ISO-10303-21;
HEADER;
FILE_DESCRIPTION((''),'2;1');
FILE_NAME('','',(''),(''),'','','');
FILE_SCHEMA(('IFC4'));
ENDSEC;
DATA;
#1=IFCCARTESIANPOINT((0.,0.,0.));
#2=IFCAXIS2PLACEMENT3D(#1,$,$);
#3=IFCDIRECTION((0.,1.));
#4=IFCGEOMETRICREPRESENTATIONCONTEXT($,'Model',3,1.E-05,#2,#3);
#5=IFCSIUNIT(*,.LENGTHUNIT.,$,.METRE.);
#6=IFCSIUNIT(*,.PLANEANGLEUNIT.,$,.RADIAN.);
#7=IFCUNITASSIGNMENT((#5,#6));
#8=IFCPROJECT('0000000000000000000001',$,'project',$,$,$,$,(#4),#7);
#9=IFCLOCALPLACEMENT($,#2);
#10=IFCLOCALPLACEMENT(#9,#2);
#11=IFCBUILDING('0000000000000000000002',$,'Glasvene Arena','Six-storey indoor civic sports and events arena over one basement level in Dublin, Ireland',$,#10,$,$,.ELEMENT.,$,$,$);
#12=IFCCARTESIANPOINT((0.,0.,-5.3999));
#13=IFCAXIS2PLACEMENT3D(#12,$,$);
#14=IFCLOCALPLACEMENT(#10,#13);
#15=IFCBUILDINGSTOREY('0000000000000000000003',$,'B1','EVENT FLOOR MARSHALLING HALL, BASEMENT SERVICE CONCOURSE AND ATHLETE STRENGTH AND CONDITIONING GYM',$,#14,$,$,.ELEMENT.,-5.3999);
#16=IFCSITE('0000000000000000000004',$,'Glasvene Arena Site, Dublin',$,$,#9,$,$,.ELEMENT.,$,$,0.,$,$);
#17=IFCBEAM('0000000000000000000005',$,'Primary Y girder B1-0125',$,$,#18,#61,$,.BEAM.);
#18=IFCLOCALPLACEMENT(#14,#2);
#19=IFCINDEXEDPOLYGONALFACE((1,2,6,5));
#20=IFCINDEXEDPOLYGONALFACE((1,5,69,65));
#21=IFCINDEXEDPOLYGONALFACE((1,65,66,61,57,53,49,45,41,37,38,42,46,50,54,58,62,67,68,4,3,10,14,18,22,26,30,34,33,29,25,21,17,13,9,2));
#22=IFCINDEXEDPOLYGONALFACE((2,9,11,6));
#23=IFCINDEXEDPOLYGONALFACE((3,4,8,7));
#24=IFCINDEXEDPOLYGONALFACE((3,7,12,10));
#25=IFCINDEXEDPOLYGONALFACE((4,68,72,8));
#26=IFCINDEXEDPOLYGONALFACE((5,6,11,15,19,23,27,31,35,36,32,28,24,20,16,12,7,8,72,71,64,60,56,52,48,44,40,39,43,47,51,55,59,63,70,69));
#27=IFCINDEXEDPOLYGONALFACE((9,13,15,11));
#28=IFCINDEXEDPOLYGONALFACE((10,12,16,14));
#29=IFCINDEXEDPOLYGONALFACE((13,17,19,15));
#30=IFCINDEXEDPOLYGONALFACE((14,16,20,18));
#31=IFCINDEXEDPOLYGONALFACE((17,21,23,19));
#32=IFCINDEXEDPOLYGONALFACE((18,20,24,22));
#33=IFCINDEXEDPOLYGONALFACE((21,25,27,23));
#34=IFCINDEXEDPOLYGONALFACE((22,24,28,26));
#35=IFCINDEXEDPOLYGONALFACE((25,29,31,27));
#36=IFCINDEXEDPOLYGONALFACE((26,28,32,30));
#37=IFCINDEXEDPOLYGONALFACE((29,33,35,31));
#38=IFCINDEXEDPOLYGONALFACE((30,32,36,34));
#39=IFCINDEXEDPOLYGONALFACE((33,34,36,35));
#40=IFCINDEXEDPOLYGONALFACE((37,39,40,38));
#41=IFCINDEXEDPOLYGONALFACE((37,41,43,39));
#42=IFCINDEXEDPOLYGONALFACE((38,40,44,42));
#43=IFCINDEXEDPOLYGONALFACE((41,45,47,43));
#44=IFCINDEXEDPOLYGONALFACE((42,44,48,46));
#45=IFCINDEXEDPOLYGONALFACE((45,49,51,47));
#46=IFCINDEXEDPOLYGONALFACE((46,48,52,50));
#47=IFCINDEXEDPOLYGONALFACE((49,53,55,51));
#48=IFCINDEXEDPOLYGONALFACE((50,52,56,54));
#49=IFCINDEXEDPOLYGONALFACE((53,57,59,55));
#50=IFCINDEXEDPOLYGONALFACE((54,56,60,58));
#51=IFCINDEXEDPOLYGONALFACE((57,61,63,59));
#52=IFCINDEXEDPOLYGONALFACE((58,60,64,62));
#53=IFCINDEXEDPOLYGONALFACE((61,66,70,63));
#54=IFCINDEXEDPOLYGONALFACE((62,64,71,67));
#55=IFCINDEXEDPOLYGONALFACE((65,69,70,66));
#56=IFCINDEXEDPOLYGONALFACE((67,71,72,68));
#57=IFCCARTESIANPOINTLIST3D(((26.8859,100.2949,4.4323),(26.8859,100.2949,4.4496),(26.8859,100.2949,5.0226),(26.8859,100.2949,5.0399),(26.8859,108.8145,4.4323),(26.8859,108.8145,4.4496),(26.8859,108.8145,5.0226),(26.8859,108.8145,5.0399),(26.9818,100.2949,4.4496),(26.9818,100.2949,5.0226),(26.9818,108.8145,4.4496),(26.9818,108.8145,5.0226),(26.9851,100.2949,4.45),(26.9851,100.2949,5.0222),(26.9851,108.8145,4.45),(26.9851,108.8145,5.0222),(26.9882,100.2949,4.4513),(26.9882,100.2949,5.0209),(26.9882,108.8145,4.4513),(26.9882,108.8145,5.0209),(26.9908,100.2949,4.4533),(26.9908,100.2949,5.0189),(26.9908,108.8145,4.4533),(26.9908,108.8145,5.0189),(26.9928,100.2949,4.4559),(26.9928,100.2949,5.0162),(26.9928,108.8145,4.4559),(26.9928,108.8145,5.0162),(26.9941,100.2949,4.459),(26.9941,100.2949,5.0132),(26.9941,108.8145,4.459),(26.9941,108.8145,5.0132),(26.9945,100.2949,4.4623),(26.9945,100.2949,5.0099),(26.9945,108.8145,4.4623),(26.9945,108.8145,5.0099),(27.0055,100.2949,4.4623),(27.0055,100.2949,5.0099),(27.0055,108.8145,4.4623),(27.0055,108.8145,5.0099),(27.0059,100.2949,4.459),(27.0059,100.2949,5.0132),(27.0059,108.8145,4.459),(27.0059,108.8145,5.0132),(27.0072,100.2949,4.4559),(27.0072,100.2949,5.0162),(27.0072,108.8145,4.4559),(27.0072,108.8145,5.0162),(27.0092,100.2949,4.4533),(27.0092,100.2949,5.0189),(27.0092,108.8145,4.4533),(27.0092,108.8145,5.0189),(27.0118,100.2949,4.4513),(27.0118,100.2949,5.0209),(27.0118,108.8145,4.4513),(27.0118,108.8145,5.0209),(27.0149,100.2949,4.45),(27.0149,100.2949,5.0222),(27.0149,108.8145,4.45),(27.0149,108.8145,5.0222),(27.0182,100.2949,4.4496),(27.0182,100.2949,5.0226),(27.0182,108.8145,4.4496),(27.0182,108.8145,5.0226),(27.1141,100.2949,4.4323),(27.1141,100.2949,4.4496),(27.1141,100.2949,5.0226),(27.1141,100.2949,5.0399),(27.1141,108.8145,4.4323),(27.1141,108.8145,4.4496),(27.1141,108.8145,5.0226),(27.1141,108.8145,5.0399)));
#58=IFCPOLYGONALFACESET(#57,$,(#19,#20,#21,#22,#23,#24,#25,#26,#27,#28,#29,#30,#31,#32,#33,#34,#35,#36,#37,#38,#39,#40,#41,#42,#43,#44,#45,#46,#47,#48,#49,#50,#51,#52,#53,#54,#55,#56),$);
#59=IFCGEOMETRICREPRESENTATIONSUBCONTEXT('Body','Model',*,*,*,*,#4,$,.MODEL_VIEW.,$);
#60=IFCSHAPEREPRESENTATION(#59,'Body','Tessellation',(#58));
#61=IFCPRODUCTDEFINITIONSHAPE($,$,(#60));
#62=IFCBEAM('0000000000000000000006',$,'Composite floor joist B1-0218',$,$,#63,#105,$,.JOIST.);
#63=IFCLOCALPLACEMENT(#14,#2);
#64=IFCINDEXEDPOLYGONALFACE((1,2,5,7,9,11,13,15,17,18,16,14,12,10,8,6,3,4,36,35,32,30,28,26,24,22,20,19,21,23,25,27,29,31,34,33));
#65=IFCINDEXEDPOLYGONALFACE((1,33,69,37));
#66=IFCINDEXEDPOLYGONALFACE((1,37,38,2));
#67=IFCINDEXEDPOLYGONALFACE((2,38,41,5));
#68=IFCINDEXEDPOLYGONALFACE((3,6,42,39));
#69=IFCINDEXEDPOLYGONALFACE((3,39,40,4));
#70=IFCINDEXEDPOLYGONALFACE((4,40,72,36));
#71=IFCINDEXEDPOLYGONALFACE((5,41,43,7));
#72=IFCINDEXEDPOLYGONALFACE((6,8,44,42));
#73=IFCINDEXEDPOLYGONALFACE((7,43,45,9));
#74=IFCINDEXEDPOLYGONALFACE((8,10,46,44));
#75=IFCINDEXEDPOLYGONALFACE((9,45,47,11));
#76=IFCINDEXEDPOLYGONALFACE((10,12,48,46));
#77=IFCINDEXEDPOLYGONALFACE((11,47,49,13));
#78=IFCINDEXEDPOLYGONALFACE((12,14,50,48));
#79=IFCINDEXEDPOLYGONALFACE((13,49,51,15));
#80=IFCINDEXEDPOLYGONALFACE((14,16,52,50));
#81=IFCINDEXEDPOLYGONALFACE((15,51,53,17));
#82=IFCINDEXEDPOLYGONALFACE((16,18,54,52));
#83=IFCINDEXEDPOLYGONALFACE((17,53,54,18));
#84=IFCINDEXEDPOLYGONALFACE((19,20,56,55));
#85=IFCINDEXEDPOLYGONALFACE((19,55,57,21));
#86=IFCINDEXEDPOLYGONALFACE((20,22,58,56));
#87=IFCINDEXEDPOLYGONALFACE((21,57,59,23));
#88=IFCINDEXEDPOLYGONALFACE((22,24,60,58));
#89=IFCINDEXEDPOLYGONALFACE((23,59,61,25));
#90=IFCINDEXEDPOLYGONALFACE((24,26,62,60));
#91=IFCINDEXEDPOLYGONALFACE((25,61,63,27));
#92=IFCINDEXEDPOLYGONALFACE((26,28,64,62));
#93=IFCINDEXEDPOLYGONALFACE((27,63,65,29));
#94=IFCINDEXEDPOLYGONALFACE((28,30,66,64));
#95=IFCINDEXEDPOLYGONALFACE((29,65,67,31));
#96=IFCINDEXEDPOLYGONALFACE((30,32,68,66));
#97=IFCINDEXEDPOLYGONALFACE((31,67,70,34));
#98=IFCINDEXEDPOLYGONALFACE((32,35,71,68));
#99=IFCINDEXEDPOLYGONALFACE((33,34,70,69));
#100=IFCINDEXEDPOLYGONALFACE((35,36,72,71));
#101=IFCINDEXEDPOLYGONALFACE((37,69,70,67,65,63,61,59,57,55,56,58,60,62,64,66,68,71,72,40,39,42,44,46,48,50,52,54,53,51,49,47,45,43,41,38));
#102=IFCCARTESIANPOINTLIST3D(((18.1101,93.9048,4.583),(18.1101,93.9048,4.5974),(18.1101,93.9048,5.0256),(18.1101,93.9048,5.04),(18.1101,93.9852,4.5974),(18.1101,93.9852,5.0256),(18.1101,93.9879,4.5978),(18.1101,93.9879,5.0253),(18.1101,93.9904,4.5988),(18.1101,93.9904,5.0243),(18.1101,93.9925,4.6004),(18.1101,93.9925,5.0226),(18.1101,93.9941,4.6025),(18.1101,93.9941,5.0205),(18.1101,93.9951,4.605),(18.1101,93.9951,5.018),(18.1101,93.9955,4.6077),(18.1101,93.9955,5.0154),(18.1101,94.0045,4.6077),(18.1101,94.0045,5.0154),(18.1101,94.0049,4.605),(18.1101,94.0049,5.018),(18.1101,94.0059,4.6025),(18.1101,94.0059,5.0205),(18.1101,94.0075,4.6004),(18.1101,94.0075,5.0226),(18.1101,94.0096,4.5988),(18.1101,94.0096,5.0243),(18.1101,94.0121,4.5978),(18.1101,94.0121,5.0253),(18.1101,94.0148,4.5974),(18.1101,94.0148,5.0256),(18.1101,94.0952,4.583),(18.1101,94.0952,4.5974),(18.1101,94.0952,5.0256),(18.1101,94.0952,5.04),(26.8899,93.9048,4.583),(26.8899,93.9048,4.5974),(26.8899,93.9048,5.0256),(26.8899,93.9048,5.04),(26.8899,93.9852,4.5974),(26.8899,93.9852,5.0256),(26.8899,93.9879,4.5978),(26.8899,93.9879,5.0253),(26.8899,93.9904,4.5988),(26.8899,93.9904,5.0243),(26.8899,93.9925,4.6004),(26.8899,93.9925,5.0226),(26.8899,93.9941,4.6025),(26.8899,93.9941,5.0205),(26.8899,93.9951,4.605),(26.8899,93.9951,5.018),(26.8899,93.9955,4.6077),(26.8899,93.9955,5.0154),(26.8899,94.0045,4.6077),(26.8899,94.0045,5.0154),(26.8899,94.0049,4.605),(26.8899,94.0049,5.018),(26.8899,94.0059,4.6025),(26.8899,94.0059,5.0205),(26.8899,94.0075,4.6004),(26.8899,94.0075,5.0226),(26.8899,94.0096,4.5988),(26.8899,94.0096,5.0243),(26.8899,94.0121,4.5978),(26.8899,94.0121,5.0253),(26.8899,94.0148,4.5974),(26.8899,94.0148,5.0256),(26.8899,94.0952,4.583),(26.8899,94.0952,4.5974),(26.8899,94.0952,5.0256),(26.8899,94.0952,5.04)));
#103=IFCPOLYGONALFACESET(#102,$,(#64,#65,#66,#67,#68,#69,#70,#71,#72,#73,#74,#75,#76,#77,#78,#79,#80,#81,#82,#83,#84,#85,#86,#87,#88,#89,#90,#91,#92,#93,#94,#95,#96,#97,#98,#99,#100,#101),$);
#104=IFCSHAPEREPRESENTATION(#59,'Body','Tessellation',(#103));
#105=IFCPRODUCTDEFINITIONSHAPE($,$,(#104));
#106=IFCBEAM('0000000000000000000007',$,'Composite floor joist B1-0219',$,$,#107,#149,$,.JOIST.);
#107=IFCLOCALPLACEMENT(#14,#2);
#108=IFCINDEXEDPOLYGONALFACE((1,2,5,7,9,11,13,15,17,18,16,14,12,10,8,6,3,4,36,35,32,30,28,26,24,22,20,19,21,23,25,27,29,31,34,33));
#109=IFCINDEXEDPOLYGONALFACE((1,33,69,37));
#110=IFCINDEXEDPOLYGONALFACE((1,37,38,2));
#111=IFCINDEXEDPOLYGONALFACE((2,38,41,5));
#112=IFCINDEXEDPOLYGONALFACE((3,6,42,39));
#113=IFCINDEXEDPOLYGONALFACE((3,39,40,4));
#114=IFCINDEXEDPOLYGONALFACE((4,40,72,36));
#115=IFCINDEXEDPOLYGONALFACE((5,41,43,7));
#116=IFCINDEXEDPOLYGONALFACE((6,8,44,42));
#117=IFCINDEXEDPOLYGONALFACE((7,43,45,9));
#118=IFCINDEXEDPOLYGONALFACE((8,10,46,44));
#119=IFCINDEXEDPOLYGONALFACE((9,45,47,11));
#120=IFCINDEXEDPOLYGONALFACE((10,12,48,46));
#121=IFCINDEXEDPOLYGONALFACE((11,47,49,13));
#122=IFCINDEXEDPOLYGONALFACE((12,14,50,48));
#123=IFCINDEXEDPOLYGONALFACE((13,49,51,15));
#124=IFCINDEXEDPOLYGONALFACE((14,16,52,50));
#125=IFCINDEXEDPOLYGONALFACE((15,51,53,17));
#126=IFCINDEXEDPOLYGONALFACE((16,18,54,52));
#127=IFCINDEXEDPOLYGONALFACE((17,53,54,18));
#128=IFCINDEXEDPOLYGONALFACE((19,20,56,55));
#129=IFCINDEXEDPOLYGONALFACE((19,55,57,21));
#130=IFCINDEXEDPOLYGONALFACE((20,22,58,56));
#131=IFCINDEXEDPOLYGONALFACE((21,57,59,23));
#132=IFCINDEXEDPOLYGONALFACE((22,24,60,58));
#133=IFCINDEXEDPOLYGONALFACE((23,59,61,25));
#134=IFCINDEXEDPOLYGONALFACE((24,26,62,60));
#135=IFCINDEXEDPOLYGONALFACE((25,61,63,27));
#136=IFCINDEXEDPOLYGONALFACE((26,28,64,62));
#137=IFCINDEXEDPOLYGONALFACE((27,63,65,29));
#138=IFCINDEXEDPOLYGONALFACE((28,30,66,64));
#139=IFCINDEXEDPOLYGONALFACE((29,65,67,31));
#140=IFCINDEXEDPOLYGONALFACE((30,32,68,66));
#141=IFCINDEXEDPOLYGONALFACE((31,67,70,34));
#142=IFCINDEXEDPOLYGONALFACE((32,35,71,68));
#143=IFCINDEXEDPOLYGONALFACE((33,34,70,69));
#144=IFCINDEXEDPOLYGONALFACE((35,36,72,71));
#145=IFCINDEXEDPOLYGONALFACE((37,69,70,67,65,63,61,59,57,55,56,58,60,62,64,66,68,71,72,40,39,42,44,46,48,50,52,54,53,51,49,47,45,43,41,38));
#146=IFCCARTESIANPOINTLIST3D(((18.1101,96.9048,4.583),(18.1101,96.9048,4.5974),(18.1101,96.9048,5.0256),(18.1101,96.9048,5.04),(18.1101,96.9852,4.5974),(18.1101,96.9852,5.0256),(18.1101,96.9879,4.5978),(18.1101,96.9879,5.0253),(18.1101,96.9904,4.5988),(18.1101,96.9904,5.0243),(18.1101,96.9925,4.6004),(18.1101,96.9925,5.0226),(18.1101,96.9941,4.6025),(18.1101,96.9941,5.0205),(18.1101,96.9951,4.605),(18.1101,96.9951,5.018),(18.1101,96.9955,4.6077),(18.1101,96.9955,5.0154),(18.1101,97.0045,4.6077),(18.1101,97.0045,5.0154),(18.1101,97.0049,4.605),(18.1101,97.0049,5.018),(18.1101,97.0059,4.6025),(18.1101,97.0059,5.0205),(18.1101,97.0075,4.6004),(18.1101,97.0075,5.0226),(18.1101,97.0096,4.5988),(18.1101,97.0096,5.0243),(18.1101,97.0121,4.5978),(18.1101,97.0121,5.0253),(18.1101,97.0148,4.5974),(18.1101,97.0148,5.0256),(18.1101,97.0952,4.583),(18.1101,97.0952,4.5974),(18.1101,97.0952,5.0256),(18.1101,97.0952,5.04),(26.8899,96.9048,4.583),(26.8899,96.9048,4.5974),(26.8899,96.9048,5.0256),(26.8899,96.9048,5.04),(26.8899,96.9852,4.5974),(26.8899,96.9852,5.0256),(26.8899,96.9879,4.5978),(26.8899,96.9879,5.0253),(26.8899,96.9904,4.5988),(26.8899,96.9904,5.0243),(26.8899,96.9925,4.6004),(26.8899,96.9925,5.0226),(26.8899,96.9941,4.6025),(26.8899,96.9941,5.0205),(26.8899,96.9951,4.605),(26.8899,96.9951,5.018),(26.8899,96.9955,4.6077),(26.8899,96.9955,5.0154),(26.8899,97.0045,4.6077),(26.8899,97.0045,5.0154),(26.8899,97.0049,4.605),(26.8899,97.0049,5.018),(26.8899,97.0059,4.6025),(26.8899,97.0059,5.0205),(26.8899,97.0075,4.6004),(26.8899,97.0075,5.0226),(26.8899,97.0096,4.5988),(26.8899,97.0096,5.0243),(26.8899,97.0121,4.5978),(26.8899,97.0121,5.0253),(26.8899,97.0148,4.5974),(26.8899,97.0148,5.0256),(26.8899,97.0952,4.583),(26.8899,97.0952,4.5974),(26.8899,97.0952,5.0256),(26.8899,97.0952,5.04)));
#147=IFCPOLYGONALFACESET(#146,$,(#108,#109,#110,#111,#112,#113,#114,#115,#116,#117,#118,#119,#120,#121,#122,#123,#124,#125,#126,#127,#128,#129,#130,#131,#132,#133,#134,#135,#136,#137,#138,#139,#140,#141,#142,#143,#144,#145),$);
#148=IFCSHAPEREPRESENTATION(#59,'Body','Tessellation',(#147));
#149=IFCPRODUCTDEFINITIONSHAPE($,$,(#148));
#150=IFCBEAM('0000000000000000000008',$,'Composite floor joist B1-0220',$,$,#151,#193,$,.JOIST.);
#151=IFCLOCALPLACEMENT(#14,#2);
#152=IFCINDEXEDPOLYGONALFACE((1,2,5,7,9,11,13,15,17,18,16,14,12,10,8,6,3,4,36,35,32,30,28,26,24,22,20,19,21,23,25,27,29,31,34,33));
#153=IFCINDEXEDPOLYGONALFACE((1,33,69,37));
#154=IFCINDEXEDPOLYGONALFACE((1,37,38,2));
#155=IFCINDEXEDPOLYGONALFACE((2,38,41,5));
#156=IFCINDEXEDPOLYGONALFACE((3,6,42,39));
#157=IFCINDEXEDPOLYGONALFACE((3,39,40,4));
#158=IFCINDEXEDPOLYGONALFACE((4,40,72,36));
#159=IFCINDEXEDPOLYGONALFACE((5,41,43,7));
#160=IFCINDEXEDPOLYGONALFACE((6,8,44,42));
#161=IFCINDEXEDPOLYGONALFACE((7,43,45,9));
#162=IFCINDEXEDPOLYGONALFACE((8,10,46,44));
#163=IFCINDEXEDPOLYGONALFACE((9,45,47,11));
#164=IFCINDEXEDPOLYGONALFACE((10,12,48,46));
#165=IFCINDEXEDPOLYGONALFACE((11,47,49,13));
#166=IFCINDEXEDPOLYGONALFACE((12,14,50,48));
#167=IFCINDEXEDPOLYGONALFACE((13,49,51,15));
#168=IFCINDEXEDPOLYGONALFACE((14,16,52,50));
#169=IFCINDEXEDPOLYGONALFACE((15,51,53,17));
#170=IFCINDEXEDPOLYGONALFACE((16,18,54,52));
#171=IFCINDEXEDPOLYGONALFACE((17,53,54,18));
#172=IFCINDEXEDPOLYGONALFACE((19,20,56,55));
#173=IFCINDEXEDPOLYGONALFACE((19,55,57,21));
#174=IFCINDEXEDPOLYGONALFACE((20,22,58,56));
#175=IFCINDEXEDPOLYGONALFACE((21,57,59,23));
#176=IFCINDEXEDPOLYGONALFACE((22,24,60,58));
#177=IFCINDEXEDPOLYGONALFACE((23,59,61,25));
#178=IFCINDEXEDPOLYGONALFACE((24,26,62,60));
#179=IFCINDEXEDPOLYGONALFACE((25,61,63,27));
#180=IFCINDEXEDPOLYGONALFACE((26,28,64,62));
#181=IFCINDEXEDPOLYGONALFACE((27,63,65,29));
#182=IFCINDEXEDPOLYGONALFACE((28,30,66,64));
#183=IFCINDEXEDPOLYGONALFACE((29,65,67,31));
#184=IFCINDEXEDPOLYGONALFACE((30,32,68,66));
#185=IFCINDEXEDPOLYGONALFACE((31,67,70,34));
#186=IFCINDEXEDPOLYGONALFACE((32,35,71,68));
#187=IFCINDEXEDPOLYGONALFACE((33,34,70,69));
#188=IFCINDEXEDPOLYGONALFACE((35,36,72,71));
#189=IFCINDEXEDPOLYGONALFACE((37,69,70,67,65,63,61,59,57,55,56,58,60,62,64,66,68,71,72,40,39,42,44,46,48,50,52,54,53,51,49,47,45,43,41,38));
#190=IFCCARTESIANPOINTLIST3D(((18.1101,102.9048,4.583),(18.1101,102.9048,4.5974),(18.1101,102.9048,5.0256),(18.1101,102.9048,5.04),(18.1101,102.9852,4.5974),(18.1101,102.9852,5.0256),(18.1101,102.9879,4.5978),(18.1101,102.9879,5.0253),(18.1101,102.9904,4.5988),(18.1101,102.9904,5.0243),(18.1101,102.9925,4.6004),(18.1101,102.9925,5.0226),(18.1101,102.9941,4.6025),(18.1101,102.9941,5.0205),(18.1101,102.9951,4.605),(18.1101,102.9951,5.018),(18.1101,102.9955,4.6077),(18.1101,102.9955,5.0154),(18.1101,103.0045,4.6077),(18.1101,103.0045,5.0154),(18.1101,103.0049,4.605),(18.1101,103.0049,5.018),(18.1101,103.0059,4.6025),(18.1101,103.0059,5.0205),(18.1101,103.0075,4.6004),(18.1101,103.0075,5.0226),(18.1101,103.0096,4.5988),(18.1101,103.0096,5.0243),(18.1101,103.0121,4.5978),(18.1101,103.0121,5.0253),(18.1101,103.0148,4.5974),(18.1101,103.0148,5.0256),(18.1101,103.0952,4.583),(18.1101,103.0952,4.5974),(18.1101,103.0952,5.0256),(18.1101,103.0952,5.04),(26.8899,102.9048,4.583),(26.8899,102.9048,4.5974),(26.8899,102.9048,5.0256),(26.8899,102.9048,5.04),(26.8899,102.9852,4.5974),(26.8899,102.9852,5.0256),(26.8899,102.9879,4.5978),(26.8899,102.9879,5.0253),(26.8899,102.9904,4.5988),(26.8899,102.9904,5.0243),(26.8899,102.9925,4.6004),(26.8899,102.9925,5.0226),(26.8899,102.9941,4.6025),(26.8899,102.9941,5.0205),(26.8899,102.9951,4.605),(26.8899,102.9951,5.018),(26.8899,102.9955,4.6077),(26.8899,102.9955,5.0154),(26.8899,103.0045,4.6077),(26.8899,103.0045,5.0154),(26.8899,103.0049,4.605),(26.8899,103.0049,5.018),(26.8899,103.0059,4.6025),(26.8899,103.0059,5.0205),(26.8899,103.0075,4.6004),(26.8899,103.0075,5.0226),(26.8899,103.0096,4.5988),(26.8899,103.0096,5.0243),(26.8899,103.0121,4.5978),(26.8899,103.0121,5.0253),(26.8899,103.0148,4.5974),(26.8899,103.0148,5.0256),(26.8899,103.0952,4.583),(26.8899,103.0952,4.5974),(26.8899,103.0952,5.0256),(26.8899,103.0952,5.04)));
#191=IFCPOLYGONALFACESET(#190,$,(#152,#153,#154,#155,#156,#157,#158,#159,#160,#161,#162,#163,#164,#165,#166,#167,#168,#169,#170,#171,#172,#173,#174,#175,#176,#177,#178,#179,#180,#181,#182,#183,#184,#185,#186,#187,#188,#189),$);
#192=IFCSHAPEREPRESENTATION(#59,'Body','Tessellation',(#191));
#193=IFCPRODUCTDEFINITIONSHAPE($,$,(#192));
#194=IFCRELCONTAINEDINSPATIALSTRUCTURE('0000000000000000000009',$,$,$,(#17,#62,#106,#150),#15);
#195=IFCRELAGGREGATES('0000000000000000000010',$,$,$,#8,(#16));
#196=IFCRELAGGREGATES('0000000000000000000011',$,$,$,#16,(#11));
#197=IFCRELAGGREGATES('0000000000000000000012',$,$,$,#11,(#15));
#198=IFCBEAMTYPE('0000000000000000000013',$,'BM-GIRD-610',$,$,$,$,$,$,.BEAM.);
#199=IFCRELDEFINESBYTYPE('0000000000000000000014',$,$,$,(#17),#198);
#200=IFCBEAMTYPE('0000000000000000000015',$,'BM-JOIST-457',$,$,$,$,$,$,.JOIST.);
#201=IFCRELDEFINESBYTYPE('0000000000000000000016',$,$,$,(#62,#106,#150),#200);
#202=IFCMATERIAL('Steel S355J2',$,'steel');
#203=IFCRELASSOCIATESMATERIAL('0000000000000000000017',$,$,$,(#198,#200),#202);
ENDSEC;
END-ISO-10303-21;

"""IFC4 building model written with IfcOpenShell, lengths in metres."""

from ifc_helpers import new_model, si_unit, direction, frame, origin, origin_2d, place, context, subcontext, project, spatial, i_section, extrude, material, material_profile, profile_set, type_object, element, save


model = new_model("IFC4")

# Units and contexts
model_context = context("Model", 3, precision=1e-05, world=origin(), true_north=direction((0.0, 1.0)))
body_context = subcontext(model_context, "Body", "Model", "MODEL_VIEW")
ifc_project = project(units=[si_unit("LENGTHUNIT", "METRE"), si_unit("PLANEANGLEUNIT", "RADIAN")], contexts=[model_context])

# Site, building, storey
site_placement = place(None, origin())
site = spatial("IfcSite", under=ifc_project, at=site_placement, Name="Glasvene Arena Site, Dublin", CompositionType="ELEMENT", RefElevation=0.0)
building_placement = place(site_placement, origin())
building = spatial("IfcBuilding", under=site, at=building_placement, Name="Glasvene Arena", Description="Six-storey indoor civic sports and events arena over one basement level in Dublin, Ireland", CompositionType="ELEMENT")
storey_placement = place(building_placement, frame((0.0, 0.0, -5.3999)))
storey = spatial("IfcBuildingStorey", under=building, at=storey_placement, Name="B1", Description="EVENT FLOOR MARSHALLING HALL, BASEMENT SERVICE CONCOURSE AND ATHLETE STRENGTH AND CONDITIONING GYM", CompositionType="ELEMENT", Elevation=-5.3999)

# Beams
ifc_material_1 = material(Name="Steel S355J2", Category="steel")
ifc_material_profile_1 = material_profile(ifc_material_1, i_section(OverallWidth=0.2283, OverallDepth=0.6077, WebThickness=0.011, FlangeThickness=0.0173, FilletRadius=0.0127, at=origin_2d()), Name="UKB 610x229x113")
ifc_profile_set_1 = profile_set([ifc_material_profile_1], Name="Steel S355J2")
beam_type_1 = type_object("IfcBeamType", Name="BM-GIRD-610", PredefinedType="BEAM", material=ifc_profile_set_1)
beam_placement = place(storey_placement, frame((27.0, 100.2949, 4.7361), z_axis=(0.0, 1.0, 0.0), x_axis=(-1.0, 0.0, 0.0)))
element("IfcBeam", 1, at=beam_placement, inside=storey, type_object=beam_type_1, Name="Primary Y girder B1-0125", PredefinedType="BEAM", context=body_context, shape_type="SweptSolid", body=[
    extrude(i_section(OverallWidth=0.2283, OverallDepth=0.6077, WebThickness=0.011, FlangeThickness=0.0173, FilletRadius=0.0127, at=origin_2d()), origin(), (0.0, 0.0, 1.0), 8.5195),
])
ifc_material_profile_2 = material_profile(ifc_material_1, i_section(OverallWidth=0.1904, OverallDepth=0.457, WebThickness=0.009, FlangeThickness=0.0144, FilletRadius=0.0103, at=origin_2d()), Name="UKB 457x191x74")
ifc_profile_set_2 = profile_set([ifc_material_profile_2], Name="Steel S355J2")
beam_type_2 = type_object("IfcBeamType", Name="BM-JOIST-457", PredefinedType="JOIST", material=ifc_profile_set_2)
for number, where, z_axis, x_axis, name in (
    (2, (18.1101, 94.0, 4.8115), (1.0, 0.0, 0.0), (0.0, 1.0, 0.0), "Composite floor joist B1-0218"),
    (3, (18.1101, 97.0, 4.8115), (1.0, 0.0, 0.0), (0.0, 1.0, 0.0), "Composite floor joist B1-0219"),
    (4, (18.1101, 103.0, 4.8115), (1.0, 0.0, 0.0), (0.0, 1.0, 0.0), "Composite floor joist B1-0220"),
):
    element("IfcBeam", number, at=place(storey_placement, frame(where, z_axis=z_axis, x_axis=x_axis)), inside=storey, type_object=beam_type_2, Name=name, PredefinedType="JOIST", context=body_context, shape_type="SweptSolid", body=[
        extrude(i_section(OverallWidth=0.1904, OverallDepth=0.457, WebThickness=0.009, FlangeThickness=0.0144, FilletRadius=0.0103, at=origin_2d()), origin(), (0.0, 0.0, 1.0), 8.7798),
    ])

save(model, "model.ifc")
